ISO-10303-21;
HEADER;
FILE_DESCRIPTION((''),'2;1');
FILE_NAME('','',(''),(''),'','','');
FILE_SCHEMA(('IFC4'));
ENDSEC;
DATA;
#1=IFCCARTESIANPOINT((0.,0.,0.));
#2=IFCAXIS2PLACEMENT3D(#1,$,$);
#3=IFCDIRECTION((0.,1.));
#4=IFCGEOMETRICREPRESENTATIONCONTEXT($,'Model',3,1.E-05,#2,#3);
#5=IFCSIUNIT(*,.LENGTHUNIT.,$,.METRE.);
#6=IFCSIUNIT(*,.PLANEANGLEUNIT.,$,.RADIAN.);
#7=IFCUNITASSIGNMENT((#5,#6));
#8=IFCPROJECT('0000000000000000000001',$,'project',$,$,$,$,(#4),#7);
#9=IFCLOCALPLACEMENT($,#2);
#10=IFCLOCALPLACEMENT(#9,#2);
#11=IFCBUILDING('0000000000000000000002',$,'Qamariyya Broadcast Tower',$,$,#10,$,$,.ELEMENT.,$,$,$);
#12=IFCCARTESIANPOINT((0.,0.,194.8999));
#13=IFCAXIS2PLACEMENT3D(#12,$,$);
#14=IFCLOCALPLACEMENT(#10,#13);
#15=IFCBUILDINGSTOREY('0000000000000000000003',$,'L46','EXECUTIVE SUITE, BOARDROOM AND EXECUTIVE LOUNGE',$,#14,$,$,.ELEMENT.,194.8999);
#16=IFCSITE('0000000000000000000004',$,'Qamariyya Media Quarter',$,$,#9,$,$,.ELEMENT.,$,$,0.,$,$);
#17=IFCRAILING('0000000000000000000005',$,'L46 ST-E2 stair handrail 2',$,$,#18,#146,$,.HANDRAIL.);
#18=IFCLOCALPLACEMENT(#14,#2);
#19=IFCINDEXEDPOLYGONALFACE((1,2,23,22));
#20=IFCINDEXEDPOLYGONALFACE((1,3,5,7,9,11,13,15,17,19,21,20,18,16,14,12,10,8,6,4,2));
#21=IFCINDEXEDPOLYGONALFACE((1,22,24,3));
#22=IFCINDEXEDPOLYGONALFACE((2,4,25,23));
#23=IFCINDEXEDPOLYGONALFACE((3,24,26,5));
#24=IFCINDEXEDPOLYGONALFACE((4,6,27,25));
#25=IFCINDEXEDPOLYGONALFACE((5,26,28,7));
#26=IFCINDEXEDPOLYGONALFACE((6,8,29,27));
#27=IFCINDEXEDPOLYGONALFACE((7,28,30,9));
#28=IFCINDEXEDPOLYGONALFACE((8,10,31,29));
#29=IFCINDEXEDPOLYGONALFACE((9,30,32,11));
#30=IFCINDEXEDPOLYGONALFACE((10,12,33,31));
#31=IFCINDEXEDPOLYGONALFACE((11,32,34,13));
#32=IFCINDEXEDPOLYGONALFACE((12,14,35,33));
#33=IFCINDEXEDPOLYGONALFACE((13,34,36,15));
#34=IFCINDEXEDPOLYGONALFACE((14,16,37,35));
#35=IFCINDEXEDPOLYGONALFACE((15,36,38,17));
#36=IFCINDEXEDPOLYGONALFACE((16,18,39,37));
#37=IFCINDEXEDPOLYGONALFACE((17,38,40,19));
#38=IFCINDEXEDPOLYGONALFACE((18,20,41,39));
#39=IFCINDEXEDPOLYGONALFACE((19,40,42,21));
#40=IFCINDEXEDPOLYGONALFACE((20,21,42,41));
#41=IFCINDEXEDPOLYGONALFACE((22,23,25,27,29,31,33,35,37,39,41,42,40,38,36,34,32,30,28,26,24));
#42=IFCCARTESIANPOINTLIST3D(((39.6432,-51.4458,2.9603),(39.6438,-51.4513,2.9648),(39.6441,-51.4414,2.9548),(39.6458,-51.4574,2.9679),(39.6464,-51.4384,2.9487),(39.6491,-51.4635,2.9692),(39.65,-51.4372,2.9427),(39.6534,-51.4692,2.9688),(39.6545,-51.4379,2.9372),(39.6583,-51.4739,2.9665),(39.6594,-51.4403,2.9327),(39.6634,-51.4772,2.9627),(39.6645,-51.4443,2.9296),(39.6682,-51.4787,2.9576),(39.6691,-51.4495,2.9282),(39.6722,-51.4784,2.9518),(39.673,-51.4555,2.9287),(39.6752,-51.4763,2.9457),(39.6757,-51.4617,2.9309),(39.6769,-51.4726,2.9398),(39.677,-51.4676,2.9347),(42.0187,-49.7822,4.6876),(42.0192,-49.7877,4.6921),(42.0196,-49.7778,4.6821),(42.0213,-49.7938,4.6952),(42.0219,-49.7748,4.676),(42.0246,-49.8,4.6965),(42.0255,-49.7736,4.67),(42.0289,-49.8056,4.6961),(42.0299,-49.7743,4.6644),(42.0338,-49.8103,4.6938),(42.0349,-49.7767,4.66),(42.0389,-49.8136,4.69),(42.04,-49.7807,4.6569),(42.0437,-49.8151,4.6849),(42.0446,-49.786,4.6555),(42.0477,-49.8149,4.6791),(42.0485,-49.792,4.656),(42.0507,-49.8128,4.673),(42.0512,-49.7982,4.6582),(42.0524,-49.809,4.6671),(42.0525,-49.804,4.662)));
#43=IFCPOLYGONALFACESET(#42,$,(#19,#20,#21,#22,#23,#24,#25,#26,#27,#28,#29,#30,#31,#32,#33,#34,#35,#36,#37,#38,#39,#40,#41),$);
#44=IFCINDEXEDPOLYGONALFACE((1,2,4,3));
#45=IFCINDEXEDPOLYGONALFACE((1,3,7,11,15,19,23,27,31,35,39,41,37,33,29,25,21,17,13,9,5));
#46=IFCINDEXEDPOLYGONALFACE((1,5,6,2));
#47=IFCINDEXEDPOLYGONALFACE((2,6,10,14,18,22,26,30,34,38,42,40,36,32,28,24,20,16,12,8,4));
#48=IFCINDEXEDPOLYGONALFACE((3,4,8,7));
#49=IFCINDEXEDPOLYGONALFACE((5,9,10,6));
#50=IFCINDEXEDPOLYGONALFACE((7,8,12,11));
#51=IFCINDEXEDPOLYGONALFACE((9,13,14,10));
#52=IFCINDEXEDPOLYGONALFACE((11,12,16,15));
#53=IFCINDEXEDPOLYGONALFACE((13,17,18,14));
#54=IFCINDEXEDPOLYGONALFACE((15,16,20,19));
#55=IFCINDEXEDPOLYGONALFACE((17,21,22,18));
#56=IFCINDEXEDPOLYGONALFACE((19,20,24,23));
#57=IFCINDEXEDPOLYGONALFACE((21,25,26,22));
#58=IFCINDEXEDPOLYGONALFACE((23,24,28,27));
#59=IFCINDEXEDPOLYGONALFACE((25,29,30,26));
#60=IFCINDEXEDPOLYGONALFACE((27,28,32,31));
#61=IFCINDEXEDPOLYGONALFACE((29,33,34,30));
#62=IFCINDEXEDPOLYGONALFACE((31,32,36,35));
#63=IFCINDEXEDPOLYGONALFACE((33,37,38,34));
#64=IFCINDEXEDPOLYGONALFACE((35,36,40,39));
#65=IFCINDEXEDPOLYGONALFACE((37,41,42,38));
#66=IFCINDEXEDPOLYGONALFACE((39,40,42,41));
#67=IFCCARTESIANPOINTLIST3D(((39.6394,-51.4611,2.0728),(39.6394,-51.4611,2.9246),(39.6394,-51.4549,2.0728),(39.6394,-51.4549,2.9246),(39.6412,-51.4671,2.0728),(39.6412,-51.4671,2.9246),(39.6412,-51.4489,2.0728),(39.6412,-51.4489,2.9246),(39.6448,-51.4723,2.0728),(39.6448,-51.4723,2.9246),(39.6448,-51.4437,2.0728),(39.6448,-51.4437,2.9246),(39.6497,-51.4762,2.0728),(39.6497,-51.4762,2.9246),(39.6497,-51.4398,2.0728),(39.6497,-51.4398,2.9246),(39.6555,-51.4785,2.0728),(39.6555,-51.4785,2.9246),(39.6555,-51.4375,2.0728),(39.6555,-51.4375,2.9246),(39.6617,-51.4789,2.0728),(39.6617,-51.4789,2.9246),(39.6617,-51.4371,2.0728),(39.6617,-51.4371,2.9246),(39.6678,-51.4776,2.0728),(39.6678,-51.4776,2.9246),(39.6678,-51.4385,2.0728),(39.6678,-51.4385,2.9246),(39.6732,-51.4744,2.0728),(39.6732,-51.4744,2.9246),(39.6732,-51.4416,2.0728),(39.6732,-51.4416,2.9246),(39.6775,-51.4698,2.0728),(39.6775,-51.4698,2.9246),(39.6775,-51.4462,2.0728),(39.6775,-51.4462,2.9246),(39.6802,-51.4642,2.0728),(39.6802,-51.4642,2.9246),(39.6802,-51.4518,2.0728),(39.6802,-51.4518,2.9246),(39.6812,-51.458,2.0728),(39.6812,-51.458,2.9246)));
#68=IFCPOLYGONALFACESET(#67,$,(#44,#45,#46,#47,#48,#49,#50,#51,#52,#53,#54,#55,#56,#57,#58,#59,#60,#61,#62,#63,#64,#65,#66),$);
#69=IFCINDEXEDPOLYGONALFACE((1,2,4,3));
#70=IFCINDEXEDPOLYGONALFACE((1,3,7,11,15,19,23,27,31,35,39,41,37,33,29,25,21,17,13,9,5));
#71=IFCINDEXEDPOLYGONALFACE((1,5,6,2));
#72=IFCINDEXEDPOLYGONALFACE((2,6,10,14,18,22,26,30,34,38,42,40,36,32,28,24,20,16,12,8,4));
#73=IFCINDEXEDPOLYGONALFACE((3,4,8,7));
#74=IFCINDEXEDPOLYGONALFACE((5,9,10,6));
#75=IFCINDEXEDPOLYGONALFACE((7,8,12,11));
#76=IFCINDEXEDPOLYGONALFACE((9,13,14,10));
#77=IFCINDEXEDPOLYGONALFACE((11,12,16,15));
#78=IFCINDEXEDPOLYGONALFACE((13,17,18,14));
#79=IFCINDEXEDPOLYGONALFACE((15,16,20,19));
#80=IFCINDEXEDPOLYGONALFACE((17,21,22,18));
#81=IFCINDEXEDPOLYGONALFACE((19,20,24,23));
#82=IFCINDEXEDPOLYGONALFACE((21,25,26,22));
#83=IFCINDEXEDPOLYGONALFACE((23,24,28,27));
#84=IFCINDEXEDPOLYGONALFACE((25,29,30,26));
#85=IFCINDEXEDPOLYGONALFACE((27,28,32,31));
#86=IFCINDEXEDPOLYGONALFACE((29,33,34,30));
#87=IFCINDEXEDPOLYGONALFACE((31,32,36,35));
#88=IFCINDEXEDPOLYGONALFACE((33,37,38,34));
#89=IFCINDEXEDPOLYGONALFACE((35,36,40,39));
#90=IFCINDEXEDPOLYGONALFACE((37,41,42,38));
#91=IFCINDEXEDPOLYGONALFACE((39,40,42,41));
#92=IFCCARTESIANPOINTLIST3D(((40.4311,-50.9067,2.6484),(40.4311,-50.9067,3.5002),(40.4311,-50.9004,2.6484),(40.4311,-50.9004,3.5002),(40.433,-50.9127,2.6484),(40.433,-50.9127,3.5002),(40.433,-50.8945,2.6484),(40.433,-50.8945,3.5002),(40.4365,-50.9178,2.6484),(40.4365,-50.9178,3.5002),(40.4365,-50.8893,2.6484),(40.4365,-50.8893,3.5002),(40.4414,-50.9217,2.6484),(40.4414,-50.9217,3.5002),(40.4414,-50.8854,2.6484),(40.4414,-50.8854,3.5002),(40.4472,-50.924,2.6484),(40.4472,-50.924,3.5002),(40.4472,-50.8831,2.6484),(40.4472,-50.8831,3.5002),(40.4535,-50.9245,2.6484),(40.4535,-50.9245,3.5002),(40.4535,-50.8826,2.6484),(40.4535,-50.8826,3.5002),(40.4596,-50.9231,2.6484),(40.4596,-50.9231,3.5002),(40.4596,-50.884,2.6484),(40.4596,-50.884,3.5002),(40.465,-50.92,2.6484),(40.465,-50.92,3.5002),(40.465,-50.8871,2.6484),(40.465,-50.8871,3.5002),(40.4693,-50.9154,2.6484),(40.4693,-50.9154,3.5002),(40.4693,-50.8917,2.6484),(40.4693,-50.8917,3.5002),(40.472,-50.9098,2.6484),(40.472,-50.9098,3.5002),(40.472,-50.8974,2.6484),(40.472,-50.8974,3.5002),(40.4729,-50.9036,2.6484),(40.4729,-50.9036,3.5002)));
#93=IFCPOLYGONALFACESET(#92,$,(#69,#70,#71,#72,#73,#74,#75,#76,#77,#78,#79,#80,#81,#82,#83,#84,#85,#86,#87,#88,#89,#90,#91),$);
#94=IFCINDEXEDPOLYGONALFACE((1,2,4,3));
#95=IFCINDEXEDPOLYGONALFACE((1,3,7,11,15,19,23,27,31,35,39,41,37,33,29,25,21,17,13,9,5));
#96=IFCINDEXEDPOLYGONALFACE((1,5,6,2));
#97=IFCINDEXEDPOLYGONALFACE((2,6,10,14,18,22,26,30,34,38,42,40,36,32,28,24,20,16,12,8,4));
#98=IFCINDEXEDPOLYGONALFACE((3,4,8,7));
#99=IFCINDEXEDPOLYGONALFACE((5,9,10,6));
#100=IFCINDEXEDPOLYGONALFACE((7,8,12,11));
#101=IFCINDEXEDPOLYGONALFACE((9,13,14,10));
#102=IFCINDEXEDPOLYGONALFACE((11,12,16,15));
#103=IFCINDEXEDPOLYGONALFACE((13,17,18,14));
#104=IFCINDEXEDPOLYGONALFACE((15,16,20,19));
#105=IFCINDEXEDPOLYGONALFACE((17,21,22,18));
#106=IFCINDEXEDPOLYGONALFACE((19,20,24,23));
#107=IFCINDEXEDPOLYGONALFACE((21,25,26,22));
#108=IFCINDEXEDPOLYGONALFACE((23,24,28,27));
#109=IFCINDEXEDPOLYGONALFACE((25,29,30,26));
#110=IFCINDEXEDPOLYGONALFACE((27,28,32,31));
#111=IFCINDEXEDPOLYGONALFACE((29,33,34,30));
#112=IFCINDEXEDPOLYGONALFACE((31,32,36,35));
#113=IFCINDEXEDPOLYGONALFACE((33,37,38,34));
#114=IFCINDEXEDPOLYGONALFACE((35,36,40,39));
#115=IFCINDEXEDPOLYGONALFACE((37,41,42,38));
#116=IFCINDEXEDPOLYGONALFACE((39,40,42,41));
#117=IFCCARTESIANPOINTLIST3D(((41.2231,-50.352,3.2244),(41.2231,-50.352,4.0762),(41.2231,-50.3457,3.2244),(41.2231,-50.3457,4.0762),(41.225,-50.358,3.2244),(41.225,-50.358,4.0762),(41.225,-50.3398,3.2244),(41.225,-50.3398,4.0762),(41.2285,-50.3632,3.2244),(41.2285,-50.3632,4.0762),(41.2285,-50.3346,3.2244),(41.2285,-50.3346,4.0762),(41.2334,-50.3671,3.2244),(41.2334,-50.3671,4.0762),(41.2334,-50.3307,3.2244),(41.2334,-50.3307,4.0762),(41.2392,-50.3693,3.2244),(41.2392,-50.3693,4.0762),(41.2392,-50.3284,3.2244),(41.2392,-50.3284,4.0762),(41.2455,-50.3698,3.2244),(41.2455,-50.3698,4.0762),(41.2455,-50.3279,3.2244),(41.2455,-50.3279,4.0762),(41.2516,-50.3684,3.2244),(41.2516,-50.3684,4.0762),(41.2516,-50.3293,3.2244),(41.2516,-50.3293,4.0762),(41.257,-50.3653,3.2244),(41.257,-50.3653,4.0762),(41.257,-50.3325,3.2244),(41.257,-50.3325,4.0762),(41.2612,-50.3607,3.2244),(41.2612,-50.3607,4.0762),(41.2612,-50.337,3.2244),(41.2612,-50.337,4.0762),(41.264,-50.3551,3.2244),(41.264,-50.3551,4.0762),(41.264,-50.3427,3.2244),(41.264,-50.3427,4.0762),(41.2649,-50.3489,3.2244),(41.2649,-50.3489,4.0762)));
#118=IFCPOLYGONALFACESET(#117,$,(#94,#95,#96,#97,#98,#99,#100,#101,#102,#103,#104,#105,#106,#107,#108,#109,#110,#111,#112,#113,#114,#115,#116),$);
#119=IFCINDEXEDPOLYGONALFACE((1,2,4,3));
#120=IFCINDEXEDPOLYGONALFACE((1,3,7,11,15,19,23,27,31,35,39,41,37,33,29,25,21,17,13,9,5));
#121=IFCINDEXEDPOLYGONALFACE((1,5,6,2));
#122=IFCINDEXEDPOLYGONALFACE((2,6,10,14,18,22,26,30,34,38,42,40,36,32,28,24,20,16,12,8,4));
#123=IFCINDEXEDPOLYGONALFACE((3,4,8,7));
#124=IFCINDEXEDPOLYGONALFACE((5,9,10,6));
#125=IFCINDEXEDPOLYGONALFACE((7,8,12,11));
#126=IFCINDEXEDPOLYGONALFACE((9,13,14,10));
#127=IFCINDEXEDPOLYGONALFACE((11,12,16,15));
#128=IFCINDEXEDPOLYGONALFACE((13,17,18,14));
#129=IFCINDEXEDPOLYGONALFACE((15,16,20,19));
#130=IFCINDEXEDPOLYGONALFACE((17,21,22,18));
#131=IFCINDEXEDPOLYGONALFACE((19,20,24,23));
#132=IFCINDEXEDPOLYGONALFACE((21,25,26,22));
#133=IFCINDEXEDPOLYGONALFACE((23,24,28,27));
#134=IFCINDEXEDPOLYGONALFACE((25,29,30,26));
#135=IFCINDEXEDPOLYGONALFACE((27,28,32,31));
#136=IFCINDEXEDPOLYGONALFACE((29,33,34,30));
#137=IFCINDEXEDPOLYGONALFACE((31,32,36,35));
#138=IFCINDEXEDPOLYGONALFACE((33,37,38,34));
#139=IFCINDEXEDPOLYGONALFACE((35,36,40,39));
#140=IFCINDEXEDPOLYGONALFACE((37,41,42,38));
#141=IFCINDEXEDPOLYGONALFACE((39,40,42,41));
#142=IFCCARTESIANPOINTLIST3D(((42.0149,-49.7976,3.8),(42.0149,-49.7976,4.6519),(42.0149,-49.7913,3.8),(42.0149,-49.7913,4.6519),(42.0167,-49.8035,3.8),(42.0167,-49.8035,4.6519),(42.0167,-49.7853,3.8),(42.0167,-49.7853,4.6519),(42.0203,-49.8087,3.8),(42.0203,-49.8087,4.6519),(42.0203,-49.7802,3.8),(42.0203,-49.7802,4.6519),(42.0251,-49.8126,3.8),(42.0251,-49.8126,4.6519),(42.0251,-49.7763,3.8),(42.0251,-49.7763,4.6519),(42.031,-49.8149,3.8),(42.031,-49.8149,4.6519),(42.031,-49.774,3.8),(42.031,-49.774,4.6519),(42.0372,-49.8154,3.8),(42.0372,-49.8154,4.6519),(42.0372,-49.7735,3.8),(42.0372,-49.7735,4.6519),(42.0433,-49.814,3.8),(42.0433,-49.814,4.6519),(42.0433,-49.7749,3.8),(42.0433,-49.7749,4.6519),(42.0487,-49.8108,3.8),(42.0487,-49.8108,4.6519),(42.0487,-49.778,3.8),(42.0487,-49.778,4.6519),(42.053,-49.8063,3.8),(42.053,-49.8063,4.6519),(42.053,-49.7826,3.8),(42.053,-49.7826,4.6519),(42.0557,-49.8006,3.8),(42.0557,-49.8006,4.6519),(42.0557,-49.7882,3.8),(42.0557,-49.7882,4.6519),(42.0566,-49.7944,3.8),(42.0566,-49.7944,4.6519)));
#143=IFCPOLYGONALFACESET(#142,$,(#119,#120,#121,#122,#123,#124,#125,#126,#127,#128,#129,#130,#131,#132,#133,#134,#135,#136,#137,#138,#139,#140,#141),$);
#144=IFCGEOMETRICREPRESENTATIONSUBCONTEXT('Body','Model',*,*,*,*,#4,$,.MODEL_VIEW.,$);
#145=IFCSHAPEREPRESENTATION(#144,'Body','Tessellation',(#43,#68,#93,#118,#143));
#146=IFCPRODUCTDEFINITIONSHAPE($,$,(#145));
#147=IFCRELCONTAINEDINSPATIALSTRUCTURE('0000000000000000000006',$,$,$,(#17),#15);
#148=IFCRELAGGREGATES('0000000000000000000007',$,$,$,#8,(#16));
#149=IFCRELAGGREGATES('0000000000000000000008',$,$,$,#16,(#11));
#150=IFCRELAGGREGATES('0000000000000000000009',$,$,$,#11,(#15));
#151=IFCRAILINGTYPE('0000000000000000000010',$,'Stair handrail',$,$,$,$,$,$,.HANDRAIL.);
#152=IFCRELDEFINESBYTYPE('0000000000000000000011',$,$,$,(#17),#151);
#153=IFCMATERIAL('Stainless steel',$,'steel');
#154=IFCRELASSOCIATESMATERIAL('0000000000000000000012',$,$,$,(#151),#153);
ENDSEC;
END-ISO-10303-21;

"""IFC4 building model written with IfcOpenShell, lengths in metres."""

from ifc_helpers import new_model, si_unit, direction, frame, origin, origin_2d, place, context, subcontext, project, spatial, circle, extrude, material, type_object, element, save


model = new_model("IFC4")

# Units and contexts
model_context = context("Model", 3, precision=1e-05, world=origin(), true_north=direction((0.0, 1.0)))
body_context = subcontext(model_context, "Body", "Model", "MODEL_VIEW")
ifc_project = project(units=[si_unit("LENGTHUNIT", "METRE"), si_unit("PLANEANGLEUNIT", "RADIAN")], contexts=[model_context])

# Site, building, storey
site_placement = place(None, origin())
site = spatial("IfcSite", under=ifc_project, at=site_placement, Name="Qamariyya Media Quarter", CompositionType="ELEMENT", RefElevation=0.0)
building_placement = place(site_placement, origin())
building = spatial("IfcBuilding", under=site, at=building_placement, Name="Qamariyya Broadcast Tower", CompositionType="ELEMENT")
storey_placement = place(building_placement, frame((0.0, 0.0, 194.8999)))
storey = spatial("IfcBuildingStorey", under=building, at=storey_placement, Name="L46", Description="EXECUTIVE SUITE, BOARDROOM AND EXECUTIVE LOUNGE", CompositionType="ELEMENT", Elevation=194.8999)

# Railing
ifc_material_1 = material(Name="Stainless steel", Category="steel")
railing_type_1 = type_object("IfcRailingType", Name="Stair handrail", PredefinedType="HANDRAIL", material=ifc_material_1)
railing_1_placement = place(storey_placement, frame((39.6602, -51.458, 2.0728)))
element("IfcRailing", 1, at=railing_1_placement, inside=storey, type_object=railing_type_1, Name="L46 ST-E2 stair handrail 2", PredefinedType="HANDRAIL", context=body_context, shape_type="SweptSolid", body=[
    extrude(circle(Radius=0.0239, at=origin_2d()), frame((0.0, 0.0, 0.876), z_axis=(0.703745, 0.492838, 0.511716), x_axis=(-0.573632, 0.819113, 0.0)), (0.0, 0.0, 1.0), 3.3755),
    extrude(circle(Radius=0.021, at=origin_2d()), origin(), (0.0, 0.0, 1.0), 0.8518),
    extrude(circle(Radius=0.021, at=origin_2d()), frame((0.7917, 0.5544, 0.5757)), (0.0, 0.0, 1.0), 0.8518),
    extrude(circle(Radius=0.021, at=origin_2d()), frame((1.5837, 1.1091, 1.1516)), (0.0, 0.0, 1.0), 0.8518),
    extrude(circle(Radius=0.021, at=origin_2d()), frame((2.3755, 1.6636, 1.7273)), (0.0, 0.0, 1.0), 0.8518),
])

save(model, "model.ifc")
